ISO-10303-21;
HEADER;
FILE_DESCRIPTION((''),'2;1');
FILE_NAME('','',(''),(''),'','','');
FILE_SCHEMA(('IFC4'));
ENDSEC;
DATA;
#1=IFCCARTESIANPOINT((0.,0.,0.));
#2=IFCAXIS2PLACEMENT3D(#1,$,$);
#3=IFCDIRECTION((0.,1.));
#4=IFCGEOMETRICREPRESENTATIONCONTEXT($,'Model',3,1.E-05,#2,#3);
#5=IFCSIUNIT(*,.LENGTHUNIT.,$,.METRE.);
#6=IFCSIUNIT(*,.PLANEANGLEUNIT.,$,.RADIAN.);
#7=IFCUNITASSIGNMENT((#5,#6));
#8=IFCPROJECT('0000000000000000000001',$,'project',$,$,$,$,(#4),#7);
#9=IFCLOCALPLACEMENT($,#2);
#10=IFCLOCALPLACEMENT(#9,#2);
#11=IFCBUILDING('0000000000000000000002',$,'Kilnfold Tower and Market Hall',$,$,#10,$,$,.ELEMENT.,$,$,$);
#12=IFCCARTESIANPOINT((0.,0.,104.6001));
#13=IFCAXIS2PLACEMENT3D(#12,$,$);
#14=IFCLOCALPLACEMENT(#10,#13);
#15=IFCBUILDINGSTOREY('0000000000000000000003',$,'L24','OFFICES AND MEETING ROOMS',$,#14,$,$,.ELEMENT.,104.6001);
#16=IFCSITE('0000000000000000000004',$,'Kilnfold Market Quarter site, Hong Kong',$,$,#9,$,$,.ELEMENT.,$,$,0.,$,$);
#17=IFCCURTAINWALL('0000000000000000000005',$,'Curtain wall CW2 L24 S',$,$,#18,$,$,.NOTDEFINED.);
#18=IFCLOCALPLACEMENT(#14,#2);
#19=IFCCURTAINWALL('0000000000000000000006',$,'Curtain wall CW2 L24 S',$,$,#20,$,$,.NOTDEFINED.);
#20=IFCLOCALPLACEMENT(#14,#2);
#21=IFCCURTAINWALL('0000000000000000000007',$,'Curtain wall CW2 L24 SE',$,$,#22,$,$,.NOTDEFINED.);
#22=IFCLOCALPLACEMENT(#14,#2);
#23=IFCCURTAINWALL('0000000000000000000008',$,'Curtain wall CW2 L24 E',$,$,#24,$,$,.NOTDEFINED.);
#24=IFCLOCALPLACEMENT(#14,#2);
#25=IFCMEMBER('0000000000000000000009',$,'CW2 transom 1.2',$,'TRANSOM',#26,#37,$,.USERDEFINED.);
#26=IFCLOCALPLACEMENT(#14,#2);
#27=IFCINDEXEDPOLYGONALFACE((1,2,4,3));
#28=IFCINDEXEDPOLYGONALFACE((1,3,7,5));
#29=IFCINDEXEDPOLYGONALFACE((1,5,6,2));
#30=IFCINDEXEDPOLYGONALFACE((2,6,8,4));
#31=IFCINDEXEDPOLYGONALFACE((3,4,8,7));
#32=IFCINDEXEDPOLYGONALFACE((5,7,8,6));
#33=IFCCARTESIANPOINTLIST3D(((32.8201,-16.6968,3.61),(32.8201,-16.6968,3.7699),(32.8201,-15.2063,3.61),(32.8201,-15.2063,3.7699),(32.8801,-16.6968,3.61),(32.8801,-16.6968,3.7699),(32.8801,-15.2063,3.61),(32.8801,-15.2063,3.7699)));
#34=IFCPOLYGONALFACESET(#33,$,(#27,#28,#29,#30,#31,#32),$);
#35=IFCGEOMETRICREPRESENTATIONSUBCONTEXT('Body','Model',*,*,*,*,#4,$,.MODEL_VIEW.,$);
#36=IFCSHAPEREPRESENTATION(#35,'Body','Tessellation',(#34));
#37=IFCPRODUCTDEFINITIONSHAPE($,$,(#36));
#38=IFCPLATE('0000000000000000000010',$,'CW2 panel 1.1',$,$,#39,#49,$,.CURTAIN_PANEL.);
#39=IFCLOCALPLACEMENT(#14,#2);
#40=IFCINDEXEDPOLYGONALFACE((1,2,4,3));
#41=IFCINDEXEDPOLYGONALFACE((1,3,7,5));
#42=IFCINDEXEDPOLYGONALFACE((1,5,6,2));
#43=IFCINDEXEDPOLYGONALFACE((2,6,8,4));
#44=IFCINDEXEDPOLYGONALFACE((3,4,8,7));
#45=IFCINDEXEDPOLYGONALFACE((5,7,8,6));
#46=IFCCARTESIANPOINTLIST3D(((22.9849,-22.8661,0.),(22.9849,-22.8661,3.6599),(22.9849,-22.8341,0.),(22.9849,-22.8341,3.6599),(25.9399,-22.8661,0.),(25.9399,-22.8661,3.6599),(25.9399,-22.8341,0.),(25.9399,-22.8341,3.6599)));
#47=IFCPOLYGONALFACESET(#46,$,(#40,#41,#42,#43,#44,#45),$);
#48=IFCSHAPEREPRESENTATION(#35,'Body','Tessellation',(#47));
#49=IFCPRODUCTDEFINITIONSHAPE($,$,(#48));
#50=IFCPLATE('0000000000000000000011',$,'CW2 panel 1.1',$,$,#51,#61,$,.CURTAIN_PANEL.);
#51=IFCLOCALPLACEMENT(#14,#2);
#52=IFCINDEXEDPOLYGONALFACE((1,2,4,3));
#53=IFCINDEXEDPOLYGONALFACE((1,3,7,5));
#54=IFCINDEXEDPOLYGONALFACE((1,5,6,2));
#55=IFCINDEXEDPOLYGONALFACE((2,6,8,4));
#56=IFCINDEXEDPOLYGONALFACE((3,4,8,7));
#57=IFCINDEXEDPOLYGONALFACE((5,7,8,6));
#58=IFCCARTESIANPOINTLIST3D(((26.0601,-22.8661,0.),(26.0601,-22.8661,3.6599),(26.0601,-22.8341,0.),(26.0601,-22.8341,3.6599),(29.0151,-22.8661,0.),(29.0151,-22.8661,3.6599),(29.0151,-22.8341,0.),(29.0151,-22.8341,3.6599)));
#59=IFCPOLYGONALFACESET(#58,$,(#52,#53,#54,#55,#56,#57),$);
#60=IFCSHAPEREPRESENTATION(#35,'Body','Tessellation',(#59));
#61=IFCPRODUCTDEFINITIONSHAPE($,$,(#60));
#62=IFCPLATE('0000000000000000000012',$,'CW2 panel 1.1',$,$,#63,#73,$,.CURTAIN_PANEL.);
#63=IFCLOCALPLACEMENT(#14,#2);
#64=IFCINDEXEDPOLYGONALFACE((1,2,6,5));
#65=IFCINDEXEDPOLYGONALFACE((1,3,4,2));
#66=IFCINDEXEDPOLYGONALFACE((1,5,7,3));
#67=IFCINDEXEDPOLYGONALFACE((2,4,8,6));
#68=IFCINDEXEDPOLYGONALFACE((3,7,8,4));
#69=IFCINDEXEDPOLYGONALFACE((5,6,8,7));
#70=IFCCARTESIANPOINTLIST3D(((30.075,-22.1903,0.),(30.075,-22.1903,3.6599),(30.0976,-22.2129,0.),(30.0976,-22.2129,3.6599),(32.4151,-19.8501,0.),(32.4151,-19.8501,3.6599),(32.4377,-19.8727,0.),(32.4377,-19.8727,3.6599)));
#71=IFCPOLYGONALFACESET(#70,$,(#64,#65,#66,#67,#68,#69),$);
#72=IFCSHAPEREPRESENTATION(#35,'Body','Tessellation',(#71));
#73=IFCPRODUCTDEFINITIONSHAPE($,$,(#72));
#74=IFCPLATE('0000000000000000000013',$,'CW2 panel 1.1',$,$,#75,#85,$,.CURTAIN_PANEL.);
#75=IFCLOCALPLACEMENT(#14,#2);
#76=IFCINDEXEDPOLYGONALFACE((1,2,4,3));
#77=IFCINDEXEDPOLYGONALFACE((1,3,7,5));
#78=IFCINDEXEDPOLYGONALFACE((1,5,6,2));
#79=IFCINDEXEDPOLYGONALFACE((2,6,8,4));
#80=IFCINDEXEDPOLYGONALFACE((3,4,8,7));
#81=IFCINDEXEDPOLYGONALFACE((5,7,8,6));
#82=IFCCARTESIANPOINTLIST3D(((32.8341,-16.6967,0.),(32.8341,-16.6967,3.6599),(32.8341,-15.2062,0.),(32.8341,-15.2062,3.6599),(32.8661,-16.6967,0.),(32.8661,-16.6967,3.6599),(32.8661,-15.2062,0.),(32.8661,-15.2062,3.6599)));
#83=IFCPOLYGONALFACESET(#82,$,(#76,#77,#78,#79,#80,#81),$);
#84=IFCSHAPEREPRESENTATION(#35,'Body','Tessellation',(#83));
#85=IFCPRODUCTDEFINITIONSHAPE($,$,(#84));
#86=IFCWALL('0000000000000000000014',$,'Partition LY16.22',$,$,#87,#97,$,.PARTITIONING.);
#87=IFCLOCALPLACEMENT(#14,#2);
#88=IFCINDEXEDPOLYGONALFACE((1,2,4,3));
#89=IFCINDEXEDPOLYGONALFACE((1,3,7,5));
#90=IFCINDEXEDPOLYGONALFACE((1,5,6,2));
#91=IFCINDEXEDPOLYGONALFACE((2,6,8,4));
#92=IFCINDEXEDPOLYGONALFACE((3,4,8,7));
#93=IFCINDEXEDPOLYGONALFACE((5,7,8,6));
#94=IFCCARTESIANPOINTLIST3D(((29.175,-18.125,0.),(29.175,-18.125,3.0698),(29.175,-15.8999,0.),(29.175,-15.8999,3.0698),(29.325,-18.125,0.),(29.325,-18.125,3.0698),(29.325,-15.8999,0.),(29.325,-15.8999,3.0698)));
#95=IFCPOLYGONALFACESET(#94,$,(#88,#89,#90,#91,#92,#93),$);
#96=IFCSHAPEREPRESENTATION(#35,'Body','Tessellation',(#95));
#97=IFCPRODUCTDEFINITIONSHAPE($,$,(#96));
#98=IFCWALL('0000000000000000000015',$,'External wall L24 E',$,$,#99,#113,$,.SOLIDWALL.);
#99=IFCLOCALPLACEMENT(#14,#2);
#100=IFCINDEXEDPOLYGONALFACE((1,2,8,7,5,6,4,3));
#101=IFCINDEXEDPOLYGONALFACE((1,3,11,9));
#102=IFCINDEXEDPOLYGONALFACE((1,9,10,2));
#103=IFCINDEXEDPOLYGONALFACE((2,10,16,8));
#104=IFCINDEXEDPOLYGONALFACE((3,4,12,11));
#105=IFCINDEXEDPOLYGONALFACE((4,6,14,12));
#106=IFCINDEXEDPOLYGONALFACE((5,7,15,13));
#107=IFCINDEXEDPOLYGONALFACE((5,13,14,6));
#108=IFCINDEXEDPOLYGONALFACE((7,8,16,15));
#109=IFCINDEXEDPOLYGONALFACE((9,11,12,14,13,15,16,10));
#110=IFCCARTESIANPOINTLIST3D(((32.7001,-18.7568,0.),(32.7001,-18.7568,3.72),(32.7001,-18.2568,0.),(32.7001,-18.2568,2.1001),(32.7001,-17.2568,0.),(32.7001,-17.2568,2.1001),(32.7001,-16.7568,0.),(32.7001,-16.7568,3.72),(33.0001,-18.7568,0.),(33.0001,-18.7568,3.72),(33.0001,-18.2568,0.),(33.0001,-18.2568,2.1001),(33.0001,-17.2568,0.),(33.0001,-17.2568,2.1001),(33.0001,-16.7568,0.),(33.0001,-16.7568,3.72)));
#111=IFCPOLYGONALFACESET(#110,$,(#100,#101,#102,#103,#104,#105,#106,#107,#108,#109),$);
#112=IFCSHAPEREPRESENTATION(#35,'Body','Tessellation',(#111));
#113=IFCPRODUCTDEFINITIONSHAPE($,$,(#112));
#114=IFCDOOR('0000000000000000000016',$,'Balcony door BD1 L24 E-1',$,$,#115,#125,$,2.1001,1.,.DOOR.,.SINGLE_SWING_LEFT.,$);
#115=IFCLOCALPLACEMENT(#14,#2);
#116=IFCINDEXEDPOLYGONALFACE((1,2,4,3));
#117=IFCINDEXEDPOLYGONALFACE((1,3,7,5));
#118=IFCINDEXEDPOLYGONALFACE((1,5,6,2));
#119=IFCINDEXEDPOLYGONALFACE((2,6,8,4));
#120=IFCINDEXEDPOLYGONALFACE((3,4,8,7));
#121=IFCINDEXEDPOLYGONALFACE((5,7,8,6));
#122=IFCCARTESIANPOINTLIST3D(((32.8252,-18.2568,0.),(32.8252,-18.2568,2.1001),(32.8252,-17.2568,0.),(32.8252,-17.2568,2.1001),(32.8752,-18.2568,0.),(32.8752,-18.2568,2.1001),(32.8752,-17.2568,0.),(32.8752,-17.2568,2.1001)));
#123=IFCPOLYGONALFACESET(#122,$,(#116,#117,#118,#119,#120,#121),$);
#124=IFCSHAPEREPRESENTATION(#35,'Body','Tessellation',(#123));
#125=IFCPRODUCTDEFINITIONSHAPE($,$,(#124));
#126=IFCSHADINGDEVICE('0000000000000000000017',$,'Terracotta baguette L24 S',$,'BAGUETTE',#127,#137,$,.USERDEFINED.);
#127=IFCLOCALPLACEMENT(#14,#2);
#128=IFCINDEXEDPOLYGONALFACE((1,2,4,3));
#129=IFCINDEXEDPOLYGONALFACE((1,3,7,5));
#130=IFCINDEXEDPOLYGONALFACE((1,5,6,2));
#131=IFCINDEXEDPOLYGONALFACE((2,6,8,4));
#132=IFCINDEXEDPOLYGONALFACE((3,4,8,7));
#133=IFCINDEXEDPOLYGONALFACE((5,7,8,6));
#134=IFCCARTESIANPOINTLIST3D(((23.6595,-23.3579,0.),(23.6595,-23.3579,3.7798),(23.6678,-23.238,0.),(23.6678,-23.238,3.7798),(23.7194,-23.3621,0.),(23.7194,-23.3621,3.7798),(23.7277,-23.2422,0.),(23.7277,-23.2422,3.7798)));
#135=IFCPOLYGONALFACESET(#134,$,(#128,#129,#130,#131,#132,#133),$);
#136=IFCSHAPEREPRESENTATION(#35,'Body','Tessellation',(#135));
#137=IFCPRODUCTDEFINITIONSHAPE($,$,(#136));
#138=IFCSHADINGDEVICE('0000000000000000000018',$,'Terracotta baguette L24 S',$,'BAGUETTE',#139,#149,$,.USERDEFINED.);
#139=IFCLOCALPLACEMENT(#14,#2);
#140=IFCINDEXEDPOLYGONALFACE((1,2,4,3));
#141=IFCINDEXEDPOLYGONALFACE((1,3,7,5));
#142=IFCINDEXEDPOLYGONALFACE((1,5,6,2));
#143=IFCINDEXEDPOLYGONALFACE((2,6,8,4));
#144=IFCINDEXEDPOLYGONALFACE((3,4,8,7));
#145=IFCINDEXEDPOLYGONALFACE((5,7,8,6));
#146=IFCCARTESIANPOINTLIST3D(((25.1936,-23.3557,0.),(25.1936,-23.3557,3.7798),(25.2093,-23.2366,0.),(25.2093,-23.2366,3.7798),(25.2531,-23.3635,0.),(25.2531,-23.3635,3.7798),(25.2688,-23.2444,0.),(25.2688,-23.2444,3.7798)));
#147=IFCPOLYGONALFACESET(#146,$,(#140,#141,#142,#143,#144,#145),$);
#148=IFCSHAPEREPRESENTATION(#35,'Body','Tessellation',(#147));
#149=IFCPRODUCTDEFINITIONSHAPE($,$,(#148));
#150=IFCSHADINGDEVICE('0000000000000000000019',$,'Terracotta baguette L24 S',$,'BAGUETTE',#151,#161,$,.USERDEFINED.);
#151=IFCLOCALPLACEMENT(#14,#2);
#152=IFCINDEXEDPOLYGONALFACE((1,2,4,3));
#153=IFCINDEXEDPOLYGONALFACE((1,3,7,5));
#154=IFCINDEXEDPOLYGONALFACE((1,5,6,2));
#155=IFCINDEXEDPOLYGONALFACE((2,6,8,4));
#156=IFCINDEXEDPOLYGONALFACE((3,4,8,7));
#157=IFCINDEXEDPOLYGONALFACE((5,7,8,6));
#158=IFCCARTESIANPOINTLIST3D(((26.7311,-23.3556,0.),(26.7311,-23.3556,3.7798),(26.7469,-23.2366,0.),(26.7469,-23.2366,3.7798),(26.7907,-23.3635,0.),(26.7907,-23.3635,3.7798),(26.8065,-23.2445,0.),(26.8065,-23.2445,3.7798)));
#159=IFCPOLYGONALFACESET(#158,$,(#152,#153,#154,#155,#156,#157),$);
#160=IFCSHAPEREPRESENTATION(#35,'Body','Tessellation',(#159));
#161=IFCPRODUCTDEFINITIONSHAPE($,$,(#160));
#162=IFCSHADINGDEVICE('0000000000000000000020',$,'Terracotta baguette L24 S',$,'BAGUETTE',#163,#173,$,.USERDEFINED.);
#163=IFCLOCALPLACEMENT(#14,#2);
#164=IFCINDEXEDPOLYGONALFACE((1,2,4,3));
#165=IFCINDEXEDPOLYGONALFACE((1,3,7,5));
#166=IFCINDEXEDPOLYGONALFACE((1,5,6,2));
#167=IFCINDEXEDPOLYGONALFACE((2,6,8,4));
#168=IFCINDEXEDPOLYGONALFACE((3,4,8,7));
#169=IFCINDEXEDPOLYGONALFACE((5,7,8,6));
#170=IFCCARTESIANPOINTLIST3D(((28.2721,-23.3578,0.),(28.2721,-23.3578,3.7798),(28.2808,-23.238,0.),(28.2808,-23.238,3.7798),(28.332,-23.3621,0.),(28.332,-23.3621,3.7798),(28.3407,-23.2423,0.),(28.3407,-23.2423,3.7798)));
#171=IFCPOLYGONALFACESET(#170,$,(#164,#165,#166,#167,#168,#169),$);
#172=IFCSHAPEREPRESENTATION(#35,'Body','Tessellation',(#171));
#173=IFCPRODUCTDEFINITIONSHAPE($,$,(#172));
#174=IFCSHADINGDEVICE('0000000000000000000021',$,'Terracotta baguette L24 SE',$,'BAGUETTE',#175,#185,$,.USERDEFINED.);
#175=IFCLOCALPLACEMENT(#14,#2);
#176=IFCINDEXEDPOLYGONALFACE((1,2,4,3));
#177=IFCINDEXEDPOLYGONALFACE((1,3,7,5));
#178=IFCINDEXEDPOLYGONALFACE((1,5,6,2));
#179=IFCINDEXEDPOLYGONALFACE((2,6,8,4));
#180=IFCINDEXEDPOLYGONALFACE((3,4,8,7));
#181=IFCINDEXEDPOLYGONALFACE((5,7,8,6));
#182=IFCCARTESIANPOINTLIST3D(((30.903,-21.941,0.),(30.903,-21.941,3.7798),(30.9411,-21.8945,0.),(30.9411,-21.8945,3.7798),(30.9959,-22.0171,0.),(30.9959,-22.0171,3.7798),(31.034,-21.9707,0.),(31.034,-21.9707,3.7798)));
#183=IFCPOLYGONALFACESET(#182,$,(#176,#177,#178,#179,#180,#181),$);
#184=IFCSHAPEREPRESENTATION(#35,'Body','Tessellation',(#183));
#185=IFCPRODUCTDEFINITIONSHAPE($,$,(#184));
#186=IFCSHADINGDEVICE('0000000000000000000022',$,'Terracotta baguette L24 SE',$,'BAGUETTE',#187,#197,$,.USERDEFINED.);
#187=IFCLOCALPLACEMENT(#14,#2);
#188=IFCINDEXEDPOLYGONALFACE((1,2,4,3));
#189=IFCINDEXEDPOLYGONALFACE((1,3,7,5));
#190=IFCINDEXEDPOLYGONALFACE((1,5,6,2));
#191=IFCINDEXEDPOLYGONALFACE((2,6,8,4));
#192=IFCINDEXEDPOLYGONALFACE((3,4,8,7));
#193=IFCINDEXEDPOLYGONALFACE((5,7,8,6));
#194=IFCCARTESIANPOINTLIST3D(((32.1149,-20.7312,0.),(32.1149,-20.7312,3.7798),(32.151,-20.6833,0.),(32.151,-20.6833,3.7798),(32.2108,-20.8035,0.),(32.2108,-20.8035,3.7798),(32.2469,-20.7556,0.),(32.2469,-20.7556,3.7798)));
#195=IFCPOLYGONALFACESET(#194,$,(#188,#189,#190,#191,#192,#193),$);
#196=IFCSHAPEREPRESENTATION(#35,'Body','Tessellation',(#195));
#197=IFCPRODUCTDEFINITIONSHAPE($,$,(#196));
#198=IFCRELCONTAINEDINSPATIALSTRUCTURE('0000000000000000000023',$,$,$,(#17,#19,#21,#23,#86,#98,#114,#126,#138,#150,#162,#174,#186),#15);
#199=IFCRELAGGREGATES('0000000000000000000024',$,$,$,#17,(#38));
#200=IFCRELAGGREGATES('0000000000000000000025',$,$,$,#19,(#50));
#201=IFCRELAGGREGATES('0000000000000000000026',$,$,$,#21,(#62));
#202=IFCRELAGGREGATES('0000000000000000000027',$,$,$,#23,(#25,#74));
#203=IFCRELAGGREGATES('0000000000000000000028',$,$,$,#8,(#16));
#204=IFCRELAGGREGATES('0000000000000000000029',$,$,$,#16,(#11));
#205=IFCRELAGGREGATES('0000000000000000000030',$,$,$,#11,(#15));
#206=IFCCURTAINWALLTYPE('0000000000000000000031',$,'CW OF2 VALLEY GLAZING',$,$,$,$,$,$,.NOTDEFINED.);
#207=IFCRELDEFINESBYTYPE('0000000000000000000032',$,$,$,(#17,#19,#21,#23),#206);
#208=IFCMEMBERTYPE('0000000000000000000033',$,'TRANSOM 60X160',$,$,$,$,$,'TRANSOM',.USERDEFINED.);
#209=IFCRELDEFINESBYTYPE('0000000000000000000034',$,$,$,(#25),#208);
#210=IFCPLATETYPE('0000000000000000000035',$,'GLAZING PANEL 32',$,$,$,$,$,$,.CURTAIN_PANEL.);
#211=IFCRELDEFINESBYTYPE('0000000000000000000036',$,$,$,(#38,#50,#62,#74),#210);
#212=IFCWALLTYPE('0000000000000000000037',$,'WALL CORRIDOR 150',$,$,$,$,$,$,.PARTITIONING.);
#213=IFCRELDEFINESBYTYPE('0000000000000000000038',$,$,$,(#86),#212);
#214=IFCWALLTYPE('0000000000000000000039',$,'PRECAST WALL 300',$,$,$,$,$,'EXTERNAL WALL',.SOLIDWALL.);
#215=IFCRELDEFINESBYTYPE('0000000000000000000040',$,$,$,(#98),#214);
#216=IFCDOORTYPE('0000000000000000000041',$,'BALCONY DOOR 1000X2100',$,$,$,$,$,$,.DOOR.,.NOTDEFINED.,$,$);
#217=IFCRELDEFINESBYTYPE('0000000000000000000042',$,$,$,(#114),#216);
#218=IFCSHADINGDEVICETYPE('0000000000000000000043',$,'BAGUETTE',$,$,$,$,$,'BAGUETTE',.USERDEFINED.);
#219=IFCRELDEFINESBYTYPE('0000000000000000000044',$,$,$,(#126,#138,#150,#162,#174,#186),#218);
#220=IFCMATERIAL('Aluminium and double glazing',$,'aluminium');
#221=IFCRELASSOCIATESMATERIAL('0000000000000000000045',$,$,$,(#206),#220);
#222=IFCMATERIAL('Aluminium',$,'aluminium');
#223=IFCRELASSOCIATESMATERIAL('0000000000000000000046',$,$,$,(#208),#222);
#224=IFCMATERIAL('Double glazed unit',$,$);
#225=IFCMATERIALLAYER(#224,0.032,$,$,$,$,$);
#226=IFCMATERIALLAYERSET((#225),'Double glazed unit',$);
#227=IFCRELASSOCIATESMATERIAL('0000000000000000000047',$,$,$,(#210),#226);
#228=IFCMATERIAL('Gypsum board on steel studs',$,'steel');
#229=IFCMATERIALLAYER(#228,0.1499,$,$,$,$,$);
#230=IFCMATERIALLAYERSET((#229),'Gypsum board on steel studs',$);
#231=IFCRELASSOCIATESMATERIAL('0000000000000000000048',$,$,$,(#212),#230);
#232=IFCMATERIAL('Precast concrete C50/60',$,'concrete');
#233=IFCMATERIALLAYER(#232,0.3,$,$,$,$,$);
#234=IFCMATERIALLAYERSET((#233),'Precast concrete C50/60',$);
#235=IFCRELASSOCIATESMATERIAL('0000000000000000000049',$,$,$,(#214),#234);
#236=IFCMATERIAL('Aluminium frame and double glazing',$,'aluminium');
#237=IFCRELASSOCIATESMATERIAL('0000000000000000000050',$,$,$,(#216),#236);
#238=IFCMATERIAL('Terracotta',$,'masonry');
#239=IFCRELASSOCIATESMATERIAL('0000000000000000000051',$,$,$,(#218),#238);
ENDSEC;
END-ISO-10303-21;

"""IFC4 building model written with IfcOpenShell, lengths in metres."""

from ifc_helpers import new_model, si_unit, direction, frame, frame_2d, origin, origin_2d, place, context, subcontext, project, spatial, rectangle, extrude, source, transform, mapped, material, layer, layer_set, material_profile, profile_set, type_object, element, fill, aggregate, save


model = new_model("IFC4")

# Units and contexts
model_context = context("Model", 3, precision=1e-05, world=origin(), true_north=direction((0.0, 1.0)))
body_context = subcontext(model_context, "Body", "Model", "MODEL_VIEW")
ifc_project = project(units=[si_unit("LENGTHUNIT", "METRE"), si_unit("PLANEANGLEUNIT", "RADIAN")], contexts=[model_context])

# Site, building, storey
site_placement = place(None, origin())
site = spatial("IfcSite", under=ifc_project, at=site_placement, Name="Kilnfold Market Quarter site, Hong Kong", CompositionType="ELEMENT", RefElevation=0.0)
building_placement = place(site_placement, origin())
building = spatial("IfcBuilding", under=site, at=building_placement, Name="Kilnfold Tower and Market Hall", CompositionType="ELEMENT")
storey_placement = place(building_placement, frame((0.0, 0.0, 104.6001)))
storey = spatial("IfcBuildingStorey", under=building, at=storey_placement, Name="L24", Description="OFFICES AND MEETING ROOMS", CompositionType="ELEMENT", Elevation=104.6001)

# Curtain wall
ifc_material_1 = material(Name="Aluminium and double glazing", Category="aluminium")
curtain_wall_type = type_object("IfcCurtainWallType", Name="CW OF2 VALLEY GLAZING", PredefinedType="NOTDEFINED", material=ifc_material_1)
curtain_wall_1_placement = place(storey_placement, origin())
curtain_wall_1 = element("IfcCurtainWall", 1, at=curtain_wall_1_placement, inside=storey, type_object=curtain_wall_type, Name="Curtain wall CW2 L24 S", PredefinedType="NOTDEFINED")

# Curtain walls
curtain_wall_2_placement = place(storey_placement, origin())
curtain_wall_2 = element("IfcCurtainWall", 2, at=curtain_wall_2_placement, inside=storey, type_object=curtain_wall_type, Name="Curtain wall CW2 L24 S", PredefinedType="NOTDEFINED")
curtain_wall_3_placement = place(storey_placement, origin())
curtain_wall_3 = element("IfcCurtainWall", 3, at=curtain_wall_3_placement, inside=storey, type_object=curtain_wall_type, Name="Curtain wall CW2 L24 SE", PredefinedType="NOTDEFINED")
curtain_wall_4_placement = place(storey_placement, origin())
curtain_wall_4 = element("IfcCurtainWall", 4, at=curtain_wall_4_placement, inside=storey, type_object=curtain_wall_type, Name="Curtain wall CW2 L24 E", PredefinedType="NOTDEFINED")

# Member
ifc_material_2 = material(Name="Aluminium", Category="aluminium")
ifc_material_profile_1 = material_profile(ifc_material_2, rectangle(XDim=0.0601, YDim=0.1599, at=origin_2d()), Name="TRANSOM 60x160")
ifc_profile_set_1 = profile_set([ifc_material_profile_1], Name="Aluminium")
member_type_1 = type_object("IfcMemberType", Name="TRANSOM 60X160", ElementType="TRANSOM", PredefinedType="USERDEFINED", material=ifc_profile_set_1)
shared_shape_1 = source(origin(), body_context, "Body", "SweptSolid", [
    extrude(rectangle(XDim=0.0601, YDim=0.1599, at=origin_2d()), origin(), (0.0, 0.0, 1.0), 1.4905),
])
member_1_placement = place(storey_placement, frame((32.8501, -16.6968, 3.6899), z_axis=(0.0, 1.0, 0.0), x_axis=(-1.0, 0.0, 0.0)))
member_1 = element("IfcMember", 5, at=member_1_placement, type_object=member_type_1, Name="CW2 transom 1.2", ObjectType="TRANSOM", PredefinedType="USERDEFINED", context=body_context, shape_type="MappedRepresentation", body=[
    mapped(shared_shape_1, transform((0.0, 0.0, 0.0))),
])

# Plates
ifc_material_3 = material(Name="Double glazed unit")
ifc_layer_1 = layer(ifc_material_3, 0.032)
ifc_layer_set_1 = layer_set([ifc_layer_1], Name="Double glazed unit")
plate_type = type_object("IfcPlateType", Name="GLAZING PANEL 32", PredefinedType="CURTAIN_PANEL", material=ifc_layer_set_1)
shared_shape_2 = source(origin(), body_context, "Body", "SweptSolid", [
    extrude(rectangle(XDim=2.9551, YDim=0.032, at=origin_2d()), origin(), (0.0, 0.0, 1.0), 3.6599),
])
plate_1_placement = place(storey_placement, frame((24.4624, -22.8501, 0.0), z_axis=(0.0, 0.0, 1.0), x_axis=(1.0, 0.0, 0.0)))
plate_1 = element("IfcPlate", 6, at=plate_1_placement, type_object=plate_type, Name="CW2 panel 1.1", PredefinedType="CURTAIN_PANEL", context=body_context, shape_type="MappedRepresentation", body=[
    mapped(shared_shape_2, transform((0.0, 0.0, 0.0))),
])
aggregate(curtain_wall_1, [plate_1])
plate_2_placement = place(storey_placement, frame((27.5376, -22.8501, 0.0), z_axis=(0.0, 0.0, 1.0), x_axis=(1.0, 0.0, 0.0)))
plate_2 = element("IfcPlate", 7, at=plate_2_placement, type_object=plate_type, Name="CW2 panel 1.1", PredefinedType="CURTAIN_PANEL", context=body_context, shape_type="MappedRepresentation", body=[
    mapped(shared_shape_2, transform((0.0, 0.0, 0.0))),
])
aggregate(curtain_wall_2, [plate_2])
shared_shape_3 = source(origin(), body_context, "Body", "SweptSolid", [
    extrude(rectangle(XDim=3.3096, YDim=0.032, at=origin_2d()), origin(), (0.0, 0.0, 1.0), 3.6599),
])
plate_3_placement = place(storey_placement, frame((31.2563, -21.0315, 0.0), z_axis=(0.0, 0.0, 1.0), x_axis=(0.707092, 0.707121, 0.0)))
plate_3 = element("IfcPlate", 8, at=plate_3_placement, type_object=plate_type, Name="CW2 panel 1.1", PredefinedType="CURTAIN_PANEL", context=body_context, shape_type="MappedRepresentation", body=[
    mapped(shared_shape_3, transform((0.0, 0.0, 0.0))),
])
aggregate(curtain_wall_3, [plate_3])
shared_shape_4 = source(origin(), body_context, "Body", "SweptSolid", [
    extrude(rectangle(XDim=1.4905, YDim=0.032, at=origin_2d()), origin(), (0.0, 0.0, 1.0), 3.6599),
])
plate_4_placement = place(storey_placement, frame((32.8501, -15.9514, 0.0), z_axis=(0.0, 0.0, 1.0), x_axis=(0.0, 1.0, 0.0)))
plate_4 = element("IfcPlate", 9, at=plate_4_placement, type_object=plate_type, Name="CW2 panel 1.1", PredefinedType="CURTAIN_PANEL", context=body_context, shape_type="MappedRepresentation", body=[
    mapped(shared_shape_4, transform((0.0, 0.0, 0.0))),
])
aggregate(curtain_wall_4, [member_1, plate_4])

# Wall
ifc_material_4 = material(Name="Gypsum board on steel studs", Category="steel")
ifc_layer_2 = layer(ifc_material_4, 0.1499)
ifc_layer_set_2 = layer_set([ifc_layer_2], Name="Gypsum board on steel studs")
wall_type_1 = type_object("IfcWallType", Name="WALL CORRIDOR 150", PredefinedType="PARTITIONING", material=ifc_layer_set_2)
wall_1_placement = place(storey_placement, frame((29.25, -18.125, 0.0), z_axis=(0.0, 0.0, 1.0), x_axis=(0.0, 1.0, 0.0)))
element("IfcWall", 10, at=wall_1_placement, inside=storey, type_object=wall_type_1, Name="Partition LY16.22", PredefinedType="PARTITIONING", context=body_context, shape_type="SweptSolid", body=[
    extrude(rectangle(XDim=2.2251, YDim=0.1499, at=frame_2d((1.1125, 0.0))), origin(), (0.0, 0.0, 1.0), 3.0698),
])

# Wall, opening, door
ifc_material_5 = material(Name="Precast concrete C50/60", Category="concrete")
ifc_layer_3 = layer(ifc_material_5, 0.3)
ifc_layer_set_3 = layer_set([ifc_layer_3], Name="Precast concrete C50/60")
wall_type_2 = type_object("IfcWallType", Name="PRECAST WALL 300", ElementType="EXTERNAL WALL", PredefinedType="SOLIDWALL", material=ifc_layer_set_3)
shared_shape_5 = source(origin(), body_context, "Body", "SweptSolid", [
    extrude(rectangle(XDim=2.0, YDim=0.3, at=frame_2d((1.0, 0.0))), origin(), (0.0, 0.0, 1.0), 3.72),
])
wall_2_placement = place(storey_placement, frame((32.8501, -18.7568, 0.0), z_axis=(0.0, 0.0, 1.0), x_axis=(0.0, 1.0, 0.0)))
wall_2 = element("IfcWall", 11, at=wall_2_placement, inside=storey, type_object=wall_type_2, Name="External wall L24 E", PredefinedType="SOLIDWALL", context=body_context, shape_type="MappedRepresentation", body=[
    mapped(shared_shape_5, transform((0.0, 0.0, 0.0))),
])
opening_placement = place(wall_2_placement, frame((0.5, 0.0, 0.0)))
opening = element("IfcOpeningElement", 12, at=opening_placement, cuts=wall_2, PredefinedType="OPENING", context=body_context, shape_type="SweptSolid", body=[
    extrude(rectangle(XDim=1.0, YDim=2.1001, at=frame_2d((0.5, 1.05))), frame((0.0, 0.1602, 0.0), z_axis=(0.0, -1.0, 0.0), x_axis=(1.0, 0.0, 0.0)), (0.0, 0.0, 1.0), 0.3201),
])
ifc_material_6 = material(Name="Aluminium frame and double glazing", Category="aluminium")
door_type = type_object("IfcDoorType", Name="BALCONY DOOR 1000X2100", OperationType="NOTDEFINED", PredefinedType="DOOR", material=ifc_material_6)
door_placement = place(opening_placement, origin())
door = element("IfcDoor", 13, at=door_placement, inside=storey, type_object=door_type, Name="Balcony door BD1 L24 E-1", OperationType="SINGLE_SWING_LEFT", OverallHeight=2.1001, OverallWidth=1.0, PredefinedType="DOOR", context=body_context, shape_type="SweptSolid", body=[
    extrude(rectangle(XDim=1.0, YDim=2.1001, at=frame_2d((0.5, 1.05))), frame((0.0, 0.0249, 0.0), z_axis=(0.0, -1.0, 0.0), x_axis=(1.0, 0.0, 0.0)), (0.0, 0.0, 1.0), 0.05),
])
fill(opening, door)

# Shading devices
ifc_material_7 = material(Name="Terracotta", Category="masonry")
ifc_material_profile_2 = material_profile(ifc_material_7, rectangle(XDim=0.0601, YDim=0.1201, at=origin_2d()), Name="BAG 60x120")
ifc_profile_set_2 = profile_set([ifc_material_profile_2], Name="Terracotta")
shading_device_type = type_object("IfcShadingDeviceType", Name="BAGUETTE", ElementType="BAGUETTE", PredefinedType="USERDEFINED", material=ifc_profile_set_2)
shared_shape_6 = source(origin(), body_context, "Body", "SweptSolid", [
    extrude(rectangle(XDim=0.0601, YDim=0.1201, at=origin_2d()), origin(), (0.0, 0.0, 1.0), 3.7798),
])
for number, where, z_axis, x_axis, name in (
    (14, (23.6936, -23.3, 0.0), (0.0, 0.0, 1.0), (0.997568, -0.069706, 0.0), "Terracotta baguette L24 S"),
    (15, (25.2312, -23.3, 0.0), (0.0, 0.0, 1.0), (0.991459, -0.130422, 0.0), "Terracotta baguette L24 S"),
    (16, (26.7688, -23.3, 0.0), (0.0, 0.0, 1.0), (0.991303, -0.131599, 0.0), "Terracotta baguette L24 S"),
    (17, (28.3064, -23.3, 0.0), (0.0, 0.0, 1.0), (0.997353, -0.072716, 0.0), "Terracotta baguette L24 S"),
    (18, (30.9685, -21.9558, 0.0), (0.0, 0.0, 1.0), (0.634013, 0.773323, 0.0), "Terracotta baguette L24 SE"),
    (19, (32.1809, -20.7434, 0.0), (0.0, 0.0, 1.0), (0.60183, 0.798624, 0.0), "Terracotta baguette L24 SE"),
):
    element("IfcShadingDevice", number, at=place(storey_placement, frame(where, z_axis=z_axis, x_axis=x_axis)), inside=storey, type_object=shading_device_type, Name=name, ObjectType="BAGUETTE", PredefinedType="USERDEFINED", context=body_context, shape_type="MappedRepresentation", body=[
        mapped(shared_shape_6, transform((0.0, 0.0, 0.0))),
    ])

save(model, "model.ifc")
